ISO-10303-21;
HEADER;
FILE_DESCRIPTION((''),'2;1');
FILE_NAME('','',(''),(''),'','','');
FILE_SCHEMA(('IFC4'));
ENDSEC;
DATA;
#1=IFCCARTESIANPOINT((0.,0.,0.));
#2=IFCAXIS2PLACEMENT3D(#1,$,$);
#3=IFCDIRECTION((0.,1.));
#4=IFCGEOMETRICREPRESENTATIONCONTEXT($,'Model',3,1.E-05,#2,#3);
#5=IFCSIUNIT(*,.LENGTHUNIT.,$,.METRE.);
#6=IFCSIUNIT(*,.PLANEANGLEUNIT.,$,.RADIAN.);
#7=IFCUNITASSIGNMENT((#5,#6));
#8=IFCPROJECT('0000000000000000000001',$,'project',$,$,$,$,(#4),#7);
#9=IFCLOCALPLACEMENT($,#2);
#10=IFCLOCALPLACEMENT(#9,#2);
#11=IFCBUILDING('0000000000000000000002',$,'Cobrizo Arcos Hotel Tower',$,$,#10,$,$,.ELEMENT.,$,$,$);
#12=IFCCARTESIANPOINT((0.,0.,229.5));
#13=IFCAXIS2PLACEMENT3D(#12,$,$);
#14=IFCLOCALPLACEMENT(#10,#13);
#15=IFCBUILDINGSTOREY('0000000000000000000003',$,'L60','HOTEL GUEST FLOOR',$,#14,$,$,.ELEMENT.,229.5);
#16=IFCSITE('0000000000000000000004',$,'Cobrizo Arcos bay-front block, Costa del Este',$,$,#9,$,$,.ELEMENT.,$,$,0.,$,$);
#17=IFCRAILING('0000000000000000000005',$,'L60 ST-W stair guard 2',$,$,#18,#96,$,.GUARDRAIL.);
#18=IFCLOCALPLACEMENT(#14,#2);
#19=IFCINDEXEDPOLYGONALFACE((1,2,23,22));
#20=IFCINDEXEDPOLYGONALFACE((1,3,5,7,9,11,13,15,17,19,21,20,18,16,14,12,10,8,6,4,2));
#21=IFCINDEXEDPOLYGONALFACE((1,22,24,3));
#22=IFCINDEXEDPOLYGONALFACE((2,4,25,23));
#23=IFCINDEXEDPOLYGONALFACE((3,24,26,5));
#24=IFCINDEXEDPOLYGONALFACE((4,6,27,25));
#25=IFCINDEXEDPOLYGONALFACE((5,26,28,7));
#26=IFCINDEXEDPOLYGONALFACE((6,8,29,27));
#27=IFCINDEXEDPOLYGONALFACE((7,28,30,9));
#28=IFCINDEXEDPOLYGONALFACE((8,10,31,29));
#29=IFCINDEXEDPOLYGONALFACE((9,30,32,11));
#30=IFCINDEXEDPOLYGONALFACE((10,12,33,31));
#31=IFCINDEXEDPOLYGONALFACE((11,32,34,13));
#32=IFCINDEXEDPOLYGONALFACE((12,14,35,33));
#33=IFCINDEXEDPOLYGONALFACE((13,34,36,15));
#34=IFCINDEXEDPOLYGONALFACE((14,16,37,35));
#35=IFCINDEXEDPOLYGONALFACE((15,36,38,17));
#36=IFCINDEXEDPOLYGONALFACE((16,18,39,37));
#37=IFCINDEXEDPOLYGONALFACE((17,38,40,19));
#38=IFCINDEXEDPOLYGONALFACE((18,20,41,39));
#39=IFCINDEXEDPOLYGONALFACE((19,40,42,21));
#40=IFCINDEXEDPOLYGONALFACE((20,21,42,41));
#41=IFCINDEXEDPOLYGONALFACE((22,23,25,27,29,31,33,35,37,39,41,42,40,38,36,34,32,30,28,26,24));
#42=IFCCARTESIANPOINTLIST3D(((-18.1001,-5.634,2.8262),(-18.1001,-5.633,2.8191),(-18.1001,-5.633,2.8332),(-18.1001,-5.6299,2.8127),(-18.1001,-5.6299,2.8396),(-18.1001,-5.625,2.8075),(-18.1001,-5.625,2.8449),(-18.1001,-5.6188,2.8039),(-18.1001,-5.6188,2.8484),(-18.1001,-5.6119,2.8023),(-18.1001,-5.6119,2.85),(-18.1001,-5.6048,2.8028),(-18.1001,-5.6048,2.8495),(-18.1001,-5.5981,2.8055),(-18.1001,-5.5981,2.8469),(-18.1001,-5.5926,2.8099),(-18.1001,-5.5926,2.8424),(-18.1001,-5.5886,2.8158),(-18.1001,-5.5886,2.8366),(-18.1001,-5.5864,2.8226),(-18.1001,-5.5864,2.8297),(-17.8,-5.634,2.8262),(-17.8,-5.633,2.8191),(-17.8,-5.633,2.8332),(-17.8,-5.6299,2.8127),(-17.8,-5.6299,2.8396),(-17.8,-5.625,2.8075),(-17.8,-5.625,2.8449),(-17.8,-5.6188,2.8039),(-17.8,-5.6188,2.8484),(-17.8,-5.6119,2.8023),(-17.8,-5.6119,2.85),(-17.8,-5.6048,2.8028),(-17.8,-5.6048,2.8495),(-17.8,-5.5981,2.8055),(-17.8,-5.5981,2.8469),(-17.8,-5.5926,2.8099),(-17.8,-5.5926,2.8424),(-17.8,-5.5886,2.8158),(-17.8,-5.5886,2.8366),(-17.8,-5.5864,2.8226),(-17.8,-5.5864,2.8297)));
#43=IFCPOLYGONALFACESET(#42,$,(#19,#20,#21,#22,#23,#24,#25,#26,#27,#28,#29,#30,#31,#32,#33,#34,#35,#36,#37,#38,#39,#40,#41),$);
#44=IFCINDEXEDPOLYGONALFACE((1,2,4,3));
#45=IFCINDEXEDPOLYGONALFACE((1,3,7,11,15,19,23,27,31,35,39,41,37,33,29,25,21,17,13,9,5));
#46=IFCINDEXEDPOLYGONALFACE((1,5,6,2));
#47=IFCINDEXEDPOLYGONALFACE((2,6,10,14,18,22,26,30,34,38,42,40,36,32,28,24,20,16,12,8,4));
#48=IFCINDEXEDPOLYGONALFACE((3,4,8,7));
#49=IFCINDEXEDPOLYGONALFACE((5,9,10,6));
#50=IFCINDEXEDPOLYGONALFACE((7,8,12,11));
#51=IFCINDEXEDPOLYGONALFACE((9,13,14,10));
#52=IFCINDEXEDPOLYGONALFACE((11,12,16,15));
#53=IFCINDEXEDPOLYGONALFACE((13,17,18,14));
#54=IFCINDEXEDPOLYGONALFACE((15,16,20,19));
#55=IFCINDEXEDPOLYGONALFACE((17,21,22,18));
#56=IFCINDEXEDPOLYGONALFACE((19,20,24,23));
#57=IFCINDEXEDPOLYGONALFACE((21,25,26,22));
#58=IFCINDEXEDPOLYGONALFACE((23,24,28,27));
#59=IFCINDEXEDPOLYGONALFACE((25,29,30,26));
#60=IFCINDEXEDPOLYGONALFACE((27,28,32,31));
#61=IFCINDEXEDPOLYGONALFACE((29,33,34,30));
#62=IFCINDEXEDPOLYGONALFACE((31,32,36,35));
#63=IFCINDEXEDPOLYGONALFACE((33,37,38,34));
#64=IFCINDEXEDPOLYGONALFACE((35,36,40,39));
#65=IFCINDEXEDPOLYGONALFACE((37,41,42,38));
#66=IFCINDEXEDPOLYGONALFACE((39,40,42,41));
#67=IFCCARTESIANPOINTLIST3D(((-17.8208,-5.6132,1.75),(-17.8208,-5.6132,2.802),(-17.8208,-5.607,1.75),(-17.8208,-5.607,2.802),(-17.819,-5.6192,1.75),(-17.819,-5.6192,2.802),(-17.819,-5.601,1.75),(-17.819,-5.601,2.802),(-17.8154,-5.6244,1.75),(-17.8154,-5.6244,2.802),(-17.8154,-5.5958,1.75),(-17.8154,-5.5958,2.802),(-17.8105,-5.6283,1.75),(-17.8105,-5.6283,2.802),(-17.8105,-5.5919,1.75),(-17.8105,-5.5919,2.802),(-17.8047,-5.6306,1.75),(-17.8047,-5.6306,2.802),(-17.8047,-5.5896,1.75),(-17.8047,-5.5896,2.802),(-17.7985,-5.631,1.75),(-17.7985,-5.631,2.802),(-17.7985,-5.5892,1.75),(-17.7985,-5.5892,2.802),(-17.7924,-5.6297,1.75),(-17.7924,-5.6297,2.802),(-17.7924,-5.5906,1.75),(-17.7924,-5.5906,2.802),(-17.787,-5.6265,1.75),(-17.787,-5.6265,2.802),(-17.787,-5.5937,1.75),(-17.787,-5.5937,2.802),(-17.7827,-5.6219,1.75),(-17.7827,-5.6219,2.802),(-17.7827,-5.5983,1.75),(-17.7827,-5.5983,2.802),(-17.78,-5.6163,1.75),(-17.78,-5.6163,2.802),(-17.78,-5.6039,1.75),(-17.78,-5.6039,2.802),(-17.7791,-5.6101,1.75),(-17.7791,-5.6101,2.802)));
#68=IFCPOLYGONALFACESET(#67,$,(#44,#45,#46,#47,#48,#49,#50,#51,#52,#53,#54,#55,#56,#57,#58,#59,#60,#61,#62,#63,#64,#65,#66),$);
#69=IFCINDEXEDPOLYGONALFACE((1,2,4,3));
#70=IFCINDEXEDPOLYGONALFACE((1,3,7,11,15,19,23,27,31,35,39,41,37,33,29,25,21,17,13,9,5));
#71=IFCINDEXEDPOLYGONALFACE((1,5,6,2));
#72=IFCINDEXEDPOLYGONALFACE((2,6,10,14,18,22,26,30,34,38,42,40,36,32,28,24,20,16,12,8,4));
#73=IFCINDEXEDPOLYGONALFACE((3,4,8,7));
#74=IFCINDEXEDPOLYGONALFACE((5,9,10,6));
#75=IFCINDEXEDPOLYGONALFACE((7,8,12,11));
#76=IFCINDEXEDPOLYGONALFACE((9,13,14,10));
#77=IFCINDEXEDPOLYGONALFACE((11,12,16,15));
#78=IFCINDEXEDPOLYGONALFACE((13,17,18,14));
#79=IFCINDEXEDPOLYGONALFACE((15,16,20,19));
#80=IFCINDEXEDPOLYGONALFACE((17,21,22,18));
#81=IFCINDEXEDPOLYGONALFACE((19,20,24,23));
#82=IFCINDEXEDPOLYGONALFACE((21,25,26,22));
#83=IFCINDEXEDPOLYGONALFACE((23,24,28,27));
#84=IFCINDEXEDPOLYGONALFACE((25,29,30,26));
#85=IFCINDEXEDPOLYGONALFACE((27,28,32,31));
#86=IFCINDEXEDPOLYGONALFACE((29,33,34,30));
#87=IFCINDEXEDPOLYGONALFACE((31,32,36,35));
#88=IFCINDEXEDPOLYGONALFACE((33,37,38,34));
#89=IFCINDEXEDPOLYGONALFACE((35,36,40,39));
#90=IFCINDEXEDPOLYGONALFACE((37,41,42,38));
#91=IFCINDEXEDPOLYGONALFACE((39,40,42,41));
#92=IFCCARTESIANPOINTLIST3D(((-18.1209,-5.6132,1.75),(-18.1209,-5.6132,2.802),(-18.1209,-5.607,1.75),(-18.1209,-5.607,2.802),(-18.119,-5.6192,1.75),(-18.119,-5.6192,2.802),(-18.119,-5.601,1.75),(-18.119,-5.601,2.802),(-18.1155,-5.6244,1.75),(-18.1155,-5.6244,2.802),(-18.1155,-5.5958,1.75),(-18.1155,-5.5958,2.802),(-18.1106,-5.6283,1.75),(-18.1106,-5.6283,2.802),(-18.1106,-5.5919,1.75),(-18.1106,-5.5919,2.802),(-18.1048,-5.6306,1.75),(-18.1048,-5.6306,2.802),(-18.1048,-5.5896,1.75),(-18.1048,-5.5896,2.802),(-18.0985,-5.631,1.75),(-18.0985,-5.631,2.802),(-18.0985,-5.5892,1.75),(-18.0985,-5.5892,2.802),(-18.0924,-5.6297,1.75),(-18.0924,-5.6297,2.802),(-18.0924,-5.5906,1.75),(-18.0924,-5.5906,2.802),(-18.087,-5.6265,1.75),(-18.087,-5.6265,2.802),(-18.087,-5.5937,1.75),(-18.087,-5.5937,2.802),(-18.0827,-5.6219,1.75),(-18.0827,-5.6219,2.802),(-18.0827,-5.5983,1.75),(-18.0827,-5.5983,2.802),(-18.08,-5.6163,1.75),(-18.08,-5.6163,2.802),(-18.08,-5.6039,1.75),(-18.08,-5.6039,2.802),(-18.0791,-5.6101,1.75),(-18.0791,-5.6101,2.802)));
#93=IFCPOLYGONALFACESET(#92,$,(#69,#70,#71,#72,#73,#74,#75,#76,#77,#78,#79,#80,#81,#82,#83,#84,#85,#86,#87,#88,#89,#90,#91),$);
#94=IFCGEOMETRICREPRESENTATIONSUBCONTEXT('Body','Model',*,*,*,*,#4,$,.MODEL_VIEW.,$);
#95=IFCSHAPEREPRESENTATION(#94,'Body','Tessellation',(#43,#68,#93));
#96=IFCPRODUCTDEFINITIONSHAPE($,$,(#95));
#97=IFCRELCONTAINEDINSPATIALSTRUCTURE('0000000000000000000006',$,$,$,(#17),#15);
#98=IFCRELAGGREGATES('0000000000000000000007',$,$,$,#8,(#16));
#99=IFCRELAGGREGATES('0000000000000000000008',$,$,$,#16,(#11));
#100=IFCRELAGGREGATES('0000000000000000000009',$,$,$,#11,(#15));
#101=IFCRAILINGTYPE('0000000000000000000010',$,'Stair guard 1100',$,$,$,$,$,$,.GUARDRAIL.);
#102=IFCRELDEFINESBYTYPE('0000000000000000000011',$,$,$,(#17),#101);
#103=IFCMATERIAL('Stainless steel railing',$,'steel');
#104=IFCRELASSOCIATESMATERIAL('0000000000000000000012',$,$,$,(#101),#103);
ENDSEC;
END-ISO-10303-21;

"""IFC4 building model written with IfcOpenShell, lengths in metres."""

from ifc_helpers import new_model, si_unit, direction, frame, origin, origin_2d, place, context, subcontext, project, spatial, circle, extrude, material, type_object, element, save


model = new_model("IFC4")

# Units and contexts
model_context = context("Model", 3, precision=1e-05, world=origin(), true_north=direction((0.0, 1.0)))
body_context = subcontext(model_context, "Body", "Model", "MODEL_VIEW")
ifc_project = project(units=[si_unit("LENGTHUNIT", "METRE"), si_unit("PLANEANGLEUNIT", "RADIAN")], contexts=[model_context])

# Site, building, storey
site_placement = place(None, origin())
site = spatial("IfcSite", under=ifc_project, at=site_placement, Name="Cobrizo Arcos bay-front block, Costa del Este", CompositionType="ELEMENT", RefElevation=0.0)
building_placement = place(site_placement, origin())
building = spatial("IfcBuilding", under=site, at=building_placement, Name="Cobrizo Arcos Hotel Tower", CompositionType="ELEMENT")
storey_placement = place(building_placement, frame((0.0, 0.0, 229.5)))
storey = spatial("IfcBuildingStorey", under=building, at=storey_placement, Name="L60", Description="HOTEL GUEST FLOOR", CompositionType="ELEMENT", Elevation=229.5)

# Railing
ifc_material_1 = material(Name="Stainless steel railing", Category="steel")
railing_type_1 = type_object("IfcRailingType", Name="Stair guard 1100", PredefinedType="GUARDRAIL", material=ifc_material_1)
railing_1_placement = place(storey_placement, frame((-17.8, -5.6101, 1.75)))
element("IfcRailing", 1, at=railing_1_placement, inside=storey, type_object=railing_type_1, Name="L60 ST-W stair guard 2", PredefinedType="GUARDRAIL", context=body_context, shape_type="SweptSolid", body=[
    extrude(circle(Radius=0.0239, at=origin_2d()), frame((0.0, 0.0, 1.0762), z_axis=(-1.0, 0.0, 0.0), x_axis=(0.0, -1.0, 0.0)), (0.0, 0.0, 1.0), 0.3),
    extrude(circle(Radius=0.021, at=origin_2d()), origin(), (0.0, 0.0, 1.0), 1.052),
    extrude(circle(Radius=0.021, at=origin_2d()), frame((-0.3, 0.0, 0.0)), (0.0, 0.0, 1.0), 1.052),
])

save(model, "model.ifc")
